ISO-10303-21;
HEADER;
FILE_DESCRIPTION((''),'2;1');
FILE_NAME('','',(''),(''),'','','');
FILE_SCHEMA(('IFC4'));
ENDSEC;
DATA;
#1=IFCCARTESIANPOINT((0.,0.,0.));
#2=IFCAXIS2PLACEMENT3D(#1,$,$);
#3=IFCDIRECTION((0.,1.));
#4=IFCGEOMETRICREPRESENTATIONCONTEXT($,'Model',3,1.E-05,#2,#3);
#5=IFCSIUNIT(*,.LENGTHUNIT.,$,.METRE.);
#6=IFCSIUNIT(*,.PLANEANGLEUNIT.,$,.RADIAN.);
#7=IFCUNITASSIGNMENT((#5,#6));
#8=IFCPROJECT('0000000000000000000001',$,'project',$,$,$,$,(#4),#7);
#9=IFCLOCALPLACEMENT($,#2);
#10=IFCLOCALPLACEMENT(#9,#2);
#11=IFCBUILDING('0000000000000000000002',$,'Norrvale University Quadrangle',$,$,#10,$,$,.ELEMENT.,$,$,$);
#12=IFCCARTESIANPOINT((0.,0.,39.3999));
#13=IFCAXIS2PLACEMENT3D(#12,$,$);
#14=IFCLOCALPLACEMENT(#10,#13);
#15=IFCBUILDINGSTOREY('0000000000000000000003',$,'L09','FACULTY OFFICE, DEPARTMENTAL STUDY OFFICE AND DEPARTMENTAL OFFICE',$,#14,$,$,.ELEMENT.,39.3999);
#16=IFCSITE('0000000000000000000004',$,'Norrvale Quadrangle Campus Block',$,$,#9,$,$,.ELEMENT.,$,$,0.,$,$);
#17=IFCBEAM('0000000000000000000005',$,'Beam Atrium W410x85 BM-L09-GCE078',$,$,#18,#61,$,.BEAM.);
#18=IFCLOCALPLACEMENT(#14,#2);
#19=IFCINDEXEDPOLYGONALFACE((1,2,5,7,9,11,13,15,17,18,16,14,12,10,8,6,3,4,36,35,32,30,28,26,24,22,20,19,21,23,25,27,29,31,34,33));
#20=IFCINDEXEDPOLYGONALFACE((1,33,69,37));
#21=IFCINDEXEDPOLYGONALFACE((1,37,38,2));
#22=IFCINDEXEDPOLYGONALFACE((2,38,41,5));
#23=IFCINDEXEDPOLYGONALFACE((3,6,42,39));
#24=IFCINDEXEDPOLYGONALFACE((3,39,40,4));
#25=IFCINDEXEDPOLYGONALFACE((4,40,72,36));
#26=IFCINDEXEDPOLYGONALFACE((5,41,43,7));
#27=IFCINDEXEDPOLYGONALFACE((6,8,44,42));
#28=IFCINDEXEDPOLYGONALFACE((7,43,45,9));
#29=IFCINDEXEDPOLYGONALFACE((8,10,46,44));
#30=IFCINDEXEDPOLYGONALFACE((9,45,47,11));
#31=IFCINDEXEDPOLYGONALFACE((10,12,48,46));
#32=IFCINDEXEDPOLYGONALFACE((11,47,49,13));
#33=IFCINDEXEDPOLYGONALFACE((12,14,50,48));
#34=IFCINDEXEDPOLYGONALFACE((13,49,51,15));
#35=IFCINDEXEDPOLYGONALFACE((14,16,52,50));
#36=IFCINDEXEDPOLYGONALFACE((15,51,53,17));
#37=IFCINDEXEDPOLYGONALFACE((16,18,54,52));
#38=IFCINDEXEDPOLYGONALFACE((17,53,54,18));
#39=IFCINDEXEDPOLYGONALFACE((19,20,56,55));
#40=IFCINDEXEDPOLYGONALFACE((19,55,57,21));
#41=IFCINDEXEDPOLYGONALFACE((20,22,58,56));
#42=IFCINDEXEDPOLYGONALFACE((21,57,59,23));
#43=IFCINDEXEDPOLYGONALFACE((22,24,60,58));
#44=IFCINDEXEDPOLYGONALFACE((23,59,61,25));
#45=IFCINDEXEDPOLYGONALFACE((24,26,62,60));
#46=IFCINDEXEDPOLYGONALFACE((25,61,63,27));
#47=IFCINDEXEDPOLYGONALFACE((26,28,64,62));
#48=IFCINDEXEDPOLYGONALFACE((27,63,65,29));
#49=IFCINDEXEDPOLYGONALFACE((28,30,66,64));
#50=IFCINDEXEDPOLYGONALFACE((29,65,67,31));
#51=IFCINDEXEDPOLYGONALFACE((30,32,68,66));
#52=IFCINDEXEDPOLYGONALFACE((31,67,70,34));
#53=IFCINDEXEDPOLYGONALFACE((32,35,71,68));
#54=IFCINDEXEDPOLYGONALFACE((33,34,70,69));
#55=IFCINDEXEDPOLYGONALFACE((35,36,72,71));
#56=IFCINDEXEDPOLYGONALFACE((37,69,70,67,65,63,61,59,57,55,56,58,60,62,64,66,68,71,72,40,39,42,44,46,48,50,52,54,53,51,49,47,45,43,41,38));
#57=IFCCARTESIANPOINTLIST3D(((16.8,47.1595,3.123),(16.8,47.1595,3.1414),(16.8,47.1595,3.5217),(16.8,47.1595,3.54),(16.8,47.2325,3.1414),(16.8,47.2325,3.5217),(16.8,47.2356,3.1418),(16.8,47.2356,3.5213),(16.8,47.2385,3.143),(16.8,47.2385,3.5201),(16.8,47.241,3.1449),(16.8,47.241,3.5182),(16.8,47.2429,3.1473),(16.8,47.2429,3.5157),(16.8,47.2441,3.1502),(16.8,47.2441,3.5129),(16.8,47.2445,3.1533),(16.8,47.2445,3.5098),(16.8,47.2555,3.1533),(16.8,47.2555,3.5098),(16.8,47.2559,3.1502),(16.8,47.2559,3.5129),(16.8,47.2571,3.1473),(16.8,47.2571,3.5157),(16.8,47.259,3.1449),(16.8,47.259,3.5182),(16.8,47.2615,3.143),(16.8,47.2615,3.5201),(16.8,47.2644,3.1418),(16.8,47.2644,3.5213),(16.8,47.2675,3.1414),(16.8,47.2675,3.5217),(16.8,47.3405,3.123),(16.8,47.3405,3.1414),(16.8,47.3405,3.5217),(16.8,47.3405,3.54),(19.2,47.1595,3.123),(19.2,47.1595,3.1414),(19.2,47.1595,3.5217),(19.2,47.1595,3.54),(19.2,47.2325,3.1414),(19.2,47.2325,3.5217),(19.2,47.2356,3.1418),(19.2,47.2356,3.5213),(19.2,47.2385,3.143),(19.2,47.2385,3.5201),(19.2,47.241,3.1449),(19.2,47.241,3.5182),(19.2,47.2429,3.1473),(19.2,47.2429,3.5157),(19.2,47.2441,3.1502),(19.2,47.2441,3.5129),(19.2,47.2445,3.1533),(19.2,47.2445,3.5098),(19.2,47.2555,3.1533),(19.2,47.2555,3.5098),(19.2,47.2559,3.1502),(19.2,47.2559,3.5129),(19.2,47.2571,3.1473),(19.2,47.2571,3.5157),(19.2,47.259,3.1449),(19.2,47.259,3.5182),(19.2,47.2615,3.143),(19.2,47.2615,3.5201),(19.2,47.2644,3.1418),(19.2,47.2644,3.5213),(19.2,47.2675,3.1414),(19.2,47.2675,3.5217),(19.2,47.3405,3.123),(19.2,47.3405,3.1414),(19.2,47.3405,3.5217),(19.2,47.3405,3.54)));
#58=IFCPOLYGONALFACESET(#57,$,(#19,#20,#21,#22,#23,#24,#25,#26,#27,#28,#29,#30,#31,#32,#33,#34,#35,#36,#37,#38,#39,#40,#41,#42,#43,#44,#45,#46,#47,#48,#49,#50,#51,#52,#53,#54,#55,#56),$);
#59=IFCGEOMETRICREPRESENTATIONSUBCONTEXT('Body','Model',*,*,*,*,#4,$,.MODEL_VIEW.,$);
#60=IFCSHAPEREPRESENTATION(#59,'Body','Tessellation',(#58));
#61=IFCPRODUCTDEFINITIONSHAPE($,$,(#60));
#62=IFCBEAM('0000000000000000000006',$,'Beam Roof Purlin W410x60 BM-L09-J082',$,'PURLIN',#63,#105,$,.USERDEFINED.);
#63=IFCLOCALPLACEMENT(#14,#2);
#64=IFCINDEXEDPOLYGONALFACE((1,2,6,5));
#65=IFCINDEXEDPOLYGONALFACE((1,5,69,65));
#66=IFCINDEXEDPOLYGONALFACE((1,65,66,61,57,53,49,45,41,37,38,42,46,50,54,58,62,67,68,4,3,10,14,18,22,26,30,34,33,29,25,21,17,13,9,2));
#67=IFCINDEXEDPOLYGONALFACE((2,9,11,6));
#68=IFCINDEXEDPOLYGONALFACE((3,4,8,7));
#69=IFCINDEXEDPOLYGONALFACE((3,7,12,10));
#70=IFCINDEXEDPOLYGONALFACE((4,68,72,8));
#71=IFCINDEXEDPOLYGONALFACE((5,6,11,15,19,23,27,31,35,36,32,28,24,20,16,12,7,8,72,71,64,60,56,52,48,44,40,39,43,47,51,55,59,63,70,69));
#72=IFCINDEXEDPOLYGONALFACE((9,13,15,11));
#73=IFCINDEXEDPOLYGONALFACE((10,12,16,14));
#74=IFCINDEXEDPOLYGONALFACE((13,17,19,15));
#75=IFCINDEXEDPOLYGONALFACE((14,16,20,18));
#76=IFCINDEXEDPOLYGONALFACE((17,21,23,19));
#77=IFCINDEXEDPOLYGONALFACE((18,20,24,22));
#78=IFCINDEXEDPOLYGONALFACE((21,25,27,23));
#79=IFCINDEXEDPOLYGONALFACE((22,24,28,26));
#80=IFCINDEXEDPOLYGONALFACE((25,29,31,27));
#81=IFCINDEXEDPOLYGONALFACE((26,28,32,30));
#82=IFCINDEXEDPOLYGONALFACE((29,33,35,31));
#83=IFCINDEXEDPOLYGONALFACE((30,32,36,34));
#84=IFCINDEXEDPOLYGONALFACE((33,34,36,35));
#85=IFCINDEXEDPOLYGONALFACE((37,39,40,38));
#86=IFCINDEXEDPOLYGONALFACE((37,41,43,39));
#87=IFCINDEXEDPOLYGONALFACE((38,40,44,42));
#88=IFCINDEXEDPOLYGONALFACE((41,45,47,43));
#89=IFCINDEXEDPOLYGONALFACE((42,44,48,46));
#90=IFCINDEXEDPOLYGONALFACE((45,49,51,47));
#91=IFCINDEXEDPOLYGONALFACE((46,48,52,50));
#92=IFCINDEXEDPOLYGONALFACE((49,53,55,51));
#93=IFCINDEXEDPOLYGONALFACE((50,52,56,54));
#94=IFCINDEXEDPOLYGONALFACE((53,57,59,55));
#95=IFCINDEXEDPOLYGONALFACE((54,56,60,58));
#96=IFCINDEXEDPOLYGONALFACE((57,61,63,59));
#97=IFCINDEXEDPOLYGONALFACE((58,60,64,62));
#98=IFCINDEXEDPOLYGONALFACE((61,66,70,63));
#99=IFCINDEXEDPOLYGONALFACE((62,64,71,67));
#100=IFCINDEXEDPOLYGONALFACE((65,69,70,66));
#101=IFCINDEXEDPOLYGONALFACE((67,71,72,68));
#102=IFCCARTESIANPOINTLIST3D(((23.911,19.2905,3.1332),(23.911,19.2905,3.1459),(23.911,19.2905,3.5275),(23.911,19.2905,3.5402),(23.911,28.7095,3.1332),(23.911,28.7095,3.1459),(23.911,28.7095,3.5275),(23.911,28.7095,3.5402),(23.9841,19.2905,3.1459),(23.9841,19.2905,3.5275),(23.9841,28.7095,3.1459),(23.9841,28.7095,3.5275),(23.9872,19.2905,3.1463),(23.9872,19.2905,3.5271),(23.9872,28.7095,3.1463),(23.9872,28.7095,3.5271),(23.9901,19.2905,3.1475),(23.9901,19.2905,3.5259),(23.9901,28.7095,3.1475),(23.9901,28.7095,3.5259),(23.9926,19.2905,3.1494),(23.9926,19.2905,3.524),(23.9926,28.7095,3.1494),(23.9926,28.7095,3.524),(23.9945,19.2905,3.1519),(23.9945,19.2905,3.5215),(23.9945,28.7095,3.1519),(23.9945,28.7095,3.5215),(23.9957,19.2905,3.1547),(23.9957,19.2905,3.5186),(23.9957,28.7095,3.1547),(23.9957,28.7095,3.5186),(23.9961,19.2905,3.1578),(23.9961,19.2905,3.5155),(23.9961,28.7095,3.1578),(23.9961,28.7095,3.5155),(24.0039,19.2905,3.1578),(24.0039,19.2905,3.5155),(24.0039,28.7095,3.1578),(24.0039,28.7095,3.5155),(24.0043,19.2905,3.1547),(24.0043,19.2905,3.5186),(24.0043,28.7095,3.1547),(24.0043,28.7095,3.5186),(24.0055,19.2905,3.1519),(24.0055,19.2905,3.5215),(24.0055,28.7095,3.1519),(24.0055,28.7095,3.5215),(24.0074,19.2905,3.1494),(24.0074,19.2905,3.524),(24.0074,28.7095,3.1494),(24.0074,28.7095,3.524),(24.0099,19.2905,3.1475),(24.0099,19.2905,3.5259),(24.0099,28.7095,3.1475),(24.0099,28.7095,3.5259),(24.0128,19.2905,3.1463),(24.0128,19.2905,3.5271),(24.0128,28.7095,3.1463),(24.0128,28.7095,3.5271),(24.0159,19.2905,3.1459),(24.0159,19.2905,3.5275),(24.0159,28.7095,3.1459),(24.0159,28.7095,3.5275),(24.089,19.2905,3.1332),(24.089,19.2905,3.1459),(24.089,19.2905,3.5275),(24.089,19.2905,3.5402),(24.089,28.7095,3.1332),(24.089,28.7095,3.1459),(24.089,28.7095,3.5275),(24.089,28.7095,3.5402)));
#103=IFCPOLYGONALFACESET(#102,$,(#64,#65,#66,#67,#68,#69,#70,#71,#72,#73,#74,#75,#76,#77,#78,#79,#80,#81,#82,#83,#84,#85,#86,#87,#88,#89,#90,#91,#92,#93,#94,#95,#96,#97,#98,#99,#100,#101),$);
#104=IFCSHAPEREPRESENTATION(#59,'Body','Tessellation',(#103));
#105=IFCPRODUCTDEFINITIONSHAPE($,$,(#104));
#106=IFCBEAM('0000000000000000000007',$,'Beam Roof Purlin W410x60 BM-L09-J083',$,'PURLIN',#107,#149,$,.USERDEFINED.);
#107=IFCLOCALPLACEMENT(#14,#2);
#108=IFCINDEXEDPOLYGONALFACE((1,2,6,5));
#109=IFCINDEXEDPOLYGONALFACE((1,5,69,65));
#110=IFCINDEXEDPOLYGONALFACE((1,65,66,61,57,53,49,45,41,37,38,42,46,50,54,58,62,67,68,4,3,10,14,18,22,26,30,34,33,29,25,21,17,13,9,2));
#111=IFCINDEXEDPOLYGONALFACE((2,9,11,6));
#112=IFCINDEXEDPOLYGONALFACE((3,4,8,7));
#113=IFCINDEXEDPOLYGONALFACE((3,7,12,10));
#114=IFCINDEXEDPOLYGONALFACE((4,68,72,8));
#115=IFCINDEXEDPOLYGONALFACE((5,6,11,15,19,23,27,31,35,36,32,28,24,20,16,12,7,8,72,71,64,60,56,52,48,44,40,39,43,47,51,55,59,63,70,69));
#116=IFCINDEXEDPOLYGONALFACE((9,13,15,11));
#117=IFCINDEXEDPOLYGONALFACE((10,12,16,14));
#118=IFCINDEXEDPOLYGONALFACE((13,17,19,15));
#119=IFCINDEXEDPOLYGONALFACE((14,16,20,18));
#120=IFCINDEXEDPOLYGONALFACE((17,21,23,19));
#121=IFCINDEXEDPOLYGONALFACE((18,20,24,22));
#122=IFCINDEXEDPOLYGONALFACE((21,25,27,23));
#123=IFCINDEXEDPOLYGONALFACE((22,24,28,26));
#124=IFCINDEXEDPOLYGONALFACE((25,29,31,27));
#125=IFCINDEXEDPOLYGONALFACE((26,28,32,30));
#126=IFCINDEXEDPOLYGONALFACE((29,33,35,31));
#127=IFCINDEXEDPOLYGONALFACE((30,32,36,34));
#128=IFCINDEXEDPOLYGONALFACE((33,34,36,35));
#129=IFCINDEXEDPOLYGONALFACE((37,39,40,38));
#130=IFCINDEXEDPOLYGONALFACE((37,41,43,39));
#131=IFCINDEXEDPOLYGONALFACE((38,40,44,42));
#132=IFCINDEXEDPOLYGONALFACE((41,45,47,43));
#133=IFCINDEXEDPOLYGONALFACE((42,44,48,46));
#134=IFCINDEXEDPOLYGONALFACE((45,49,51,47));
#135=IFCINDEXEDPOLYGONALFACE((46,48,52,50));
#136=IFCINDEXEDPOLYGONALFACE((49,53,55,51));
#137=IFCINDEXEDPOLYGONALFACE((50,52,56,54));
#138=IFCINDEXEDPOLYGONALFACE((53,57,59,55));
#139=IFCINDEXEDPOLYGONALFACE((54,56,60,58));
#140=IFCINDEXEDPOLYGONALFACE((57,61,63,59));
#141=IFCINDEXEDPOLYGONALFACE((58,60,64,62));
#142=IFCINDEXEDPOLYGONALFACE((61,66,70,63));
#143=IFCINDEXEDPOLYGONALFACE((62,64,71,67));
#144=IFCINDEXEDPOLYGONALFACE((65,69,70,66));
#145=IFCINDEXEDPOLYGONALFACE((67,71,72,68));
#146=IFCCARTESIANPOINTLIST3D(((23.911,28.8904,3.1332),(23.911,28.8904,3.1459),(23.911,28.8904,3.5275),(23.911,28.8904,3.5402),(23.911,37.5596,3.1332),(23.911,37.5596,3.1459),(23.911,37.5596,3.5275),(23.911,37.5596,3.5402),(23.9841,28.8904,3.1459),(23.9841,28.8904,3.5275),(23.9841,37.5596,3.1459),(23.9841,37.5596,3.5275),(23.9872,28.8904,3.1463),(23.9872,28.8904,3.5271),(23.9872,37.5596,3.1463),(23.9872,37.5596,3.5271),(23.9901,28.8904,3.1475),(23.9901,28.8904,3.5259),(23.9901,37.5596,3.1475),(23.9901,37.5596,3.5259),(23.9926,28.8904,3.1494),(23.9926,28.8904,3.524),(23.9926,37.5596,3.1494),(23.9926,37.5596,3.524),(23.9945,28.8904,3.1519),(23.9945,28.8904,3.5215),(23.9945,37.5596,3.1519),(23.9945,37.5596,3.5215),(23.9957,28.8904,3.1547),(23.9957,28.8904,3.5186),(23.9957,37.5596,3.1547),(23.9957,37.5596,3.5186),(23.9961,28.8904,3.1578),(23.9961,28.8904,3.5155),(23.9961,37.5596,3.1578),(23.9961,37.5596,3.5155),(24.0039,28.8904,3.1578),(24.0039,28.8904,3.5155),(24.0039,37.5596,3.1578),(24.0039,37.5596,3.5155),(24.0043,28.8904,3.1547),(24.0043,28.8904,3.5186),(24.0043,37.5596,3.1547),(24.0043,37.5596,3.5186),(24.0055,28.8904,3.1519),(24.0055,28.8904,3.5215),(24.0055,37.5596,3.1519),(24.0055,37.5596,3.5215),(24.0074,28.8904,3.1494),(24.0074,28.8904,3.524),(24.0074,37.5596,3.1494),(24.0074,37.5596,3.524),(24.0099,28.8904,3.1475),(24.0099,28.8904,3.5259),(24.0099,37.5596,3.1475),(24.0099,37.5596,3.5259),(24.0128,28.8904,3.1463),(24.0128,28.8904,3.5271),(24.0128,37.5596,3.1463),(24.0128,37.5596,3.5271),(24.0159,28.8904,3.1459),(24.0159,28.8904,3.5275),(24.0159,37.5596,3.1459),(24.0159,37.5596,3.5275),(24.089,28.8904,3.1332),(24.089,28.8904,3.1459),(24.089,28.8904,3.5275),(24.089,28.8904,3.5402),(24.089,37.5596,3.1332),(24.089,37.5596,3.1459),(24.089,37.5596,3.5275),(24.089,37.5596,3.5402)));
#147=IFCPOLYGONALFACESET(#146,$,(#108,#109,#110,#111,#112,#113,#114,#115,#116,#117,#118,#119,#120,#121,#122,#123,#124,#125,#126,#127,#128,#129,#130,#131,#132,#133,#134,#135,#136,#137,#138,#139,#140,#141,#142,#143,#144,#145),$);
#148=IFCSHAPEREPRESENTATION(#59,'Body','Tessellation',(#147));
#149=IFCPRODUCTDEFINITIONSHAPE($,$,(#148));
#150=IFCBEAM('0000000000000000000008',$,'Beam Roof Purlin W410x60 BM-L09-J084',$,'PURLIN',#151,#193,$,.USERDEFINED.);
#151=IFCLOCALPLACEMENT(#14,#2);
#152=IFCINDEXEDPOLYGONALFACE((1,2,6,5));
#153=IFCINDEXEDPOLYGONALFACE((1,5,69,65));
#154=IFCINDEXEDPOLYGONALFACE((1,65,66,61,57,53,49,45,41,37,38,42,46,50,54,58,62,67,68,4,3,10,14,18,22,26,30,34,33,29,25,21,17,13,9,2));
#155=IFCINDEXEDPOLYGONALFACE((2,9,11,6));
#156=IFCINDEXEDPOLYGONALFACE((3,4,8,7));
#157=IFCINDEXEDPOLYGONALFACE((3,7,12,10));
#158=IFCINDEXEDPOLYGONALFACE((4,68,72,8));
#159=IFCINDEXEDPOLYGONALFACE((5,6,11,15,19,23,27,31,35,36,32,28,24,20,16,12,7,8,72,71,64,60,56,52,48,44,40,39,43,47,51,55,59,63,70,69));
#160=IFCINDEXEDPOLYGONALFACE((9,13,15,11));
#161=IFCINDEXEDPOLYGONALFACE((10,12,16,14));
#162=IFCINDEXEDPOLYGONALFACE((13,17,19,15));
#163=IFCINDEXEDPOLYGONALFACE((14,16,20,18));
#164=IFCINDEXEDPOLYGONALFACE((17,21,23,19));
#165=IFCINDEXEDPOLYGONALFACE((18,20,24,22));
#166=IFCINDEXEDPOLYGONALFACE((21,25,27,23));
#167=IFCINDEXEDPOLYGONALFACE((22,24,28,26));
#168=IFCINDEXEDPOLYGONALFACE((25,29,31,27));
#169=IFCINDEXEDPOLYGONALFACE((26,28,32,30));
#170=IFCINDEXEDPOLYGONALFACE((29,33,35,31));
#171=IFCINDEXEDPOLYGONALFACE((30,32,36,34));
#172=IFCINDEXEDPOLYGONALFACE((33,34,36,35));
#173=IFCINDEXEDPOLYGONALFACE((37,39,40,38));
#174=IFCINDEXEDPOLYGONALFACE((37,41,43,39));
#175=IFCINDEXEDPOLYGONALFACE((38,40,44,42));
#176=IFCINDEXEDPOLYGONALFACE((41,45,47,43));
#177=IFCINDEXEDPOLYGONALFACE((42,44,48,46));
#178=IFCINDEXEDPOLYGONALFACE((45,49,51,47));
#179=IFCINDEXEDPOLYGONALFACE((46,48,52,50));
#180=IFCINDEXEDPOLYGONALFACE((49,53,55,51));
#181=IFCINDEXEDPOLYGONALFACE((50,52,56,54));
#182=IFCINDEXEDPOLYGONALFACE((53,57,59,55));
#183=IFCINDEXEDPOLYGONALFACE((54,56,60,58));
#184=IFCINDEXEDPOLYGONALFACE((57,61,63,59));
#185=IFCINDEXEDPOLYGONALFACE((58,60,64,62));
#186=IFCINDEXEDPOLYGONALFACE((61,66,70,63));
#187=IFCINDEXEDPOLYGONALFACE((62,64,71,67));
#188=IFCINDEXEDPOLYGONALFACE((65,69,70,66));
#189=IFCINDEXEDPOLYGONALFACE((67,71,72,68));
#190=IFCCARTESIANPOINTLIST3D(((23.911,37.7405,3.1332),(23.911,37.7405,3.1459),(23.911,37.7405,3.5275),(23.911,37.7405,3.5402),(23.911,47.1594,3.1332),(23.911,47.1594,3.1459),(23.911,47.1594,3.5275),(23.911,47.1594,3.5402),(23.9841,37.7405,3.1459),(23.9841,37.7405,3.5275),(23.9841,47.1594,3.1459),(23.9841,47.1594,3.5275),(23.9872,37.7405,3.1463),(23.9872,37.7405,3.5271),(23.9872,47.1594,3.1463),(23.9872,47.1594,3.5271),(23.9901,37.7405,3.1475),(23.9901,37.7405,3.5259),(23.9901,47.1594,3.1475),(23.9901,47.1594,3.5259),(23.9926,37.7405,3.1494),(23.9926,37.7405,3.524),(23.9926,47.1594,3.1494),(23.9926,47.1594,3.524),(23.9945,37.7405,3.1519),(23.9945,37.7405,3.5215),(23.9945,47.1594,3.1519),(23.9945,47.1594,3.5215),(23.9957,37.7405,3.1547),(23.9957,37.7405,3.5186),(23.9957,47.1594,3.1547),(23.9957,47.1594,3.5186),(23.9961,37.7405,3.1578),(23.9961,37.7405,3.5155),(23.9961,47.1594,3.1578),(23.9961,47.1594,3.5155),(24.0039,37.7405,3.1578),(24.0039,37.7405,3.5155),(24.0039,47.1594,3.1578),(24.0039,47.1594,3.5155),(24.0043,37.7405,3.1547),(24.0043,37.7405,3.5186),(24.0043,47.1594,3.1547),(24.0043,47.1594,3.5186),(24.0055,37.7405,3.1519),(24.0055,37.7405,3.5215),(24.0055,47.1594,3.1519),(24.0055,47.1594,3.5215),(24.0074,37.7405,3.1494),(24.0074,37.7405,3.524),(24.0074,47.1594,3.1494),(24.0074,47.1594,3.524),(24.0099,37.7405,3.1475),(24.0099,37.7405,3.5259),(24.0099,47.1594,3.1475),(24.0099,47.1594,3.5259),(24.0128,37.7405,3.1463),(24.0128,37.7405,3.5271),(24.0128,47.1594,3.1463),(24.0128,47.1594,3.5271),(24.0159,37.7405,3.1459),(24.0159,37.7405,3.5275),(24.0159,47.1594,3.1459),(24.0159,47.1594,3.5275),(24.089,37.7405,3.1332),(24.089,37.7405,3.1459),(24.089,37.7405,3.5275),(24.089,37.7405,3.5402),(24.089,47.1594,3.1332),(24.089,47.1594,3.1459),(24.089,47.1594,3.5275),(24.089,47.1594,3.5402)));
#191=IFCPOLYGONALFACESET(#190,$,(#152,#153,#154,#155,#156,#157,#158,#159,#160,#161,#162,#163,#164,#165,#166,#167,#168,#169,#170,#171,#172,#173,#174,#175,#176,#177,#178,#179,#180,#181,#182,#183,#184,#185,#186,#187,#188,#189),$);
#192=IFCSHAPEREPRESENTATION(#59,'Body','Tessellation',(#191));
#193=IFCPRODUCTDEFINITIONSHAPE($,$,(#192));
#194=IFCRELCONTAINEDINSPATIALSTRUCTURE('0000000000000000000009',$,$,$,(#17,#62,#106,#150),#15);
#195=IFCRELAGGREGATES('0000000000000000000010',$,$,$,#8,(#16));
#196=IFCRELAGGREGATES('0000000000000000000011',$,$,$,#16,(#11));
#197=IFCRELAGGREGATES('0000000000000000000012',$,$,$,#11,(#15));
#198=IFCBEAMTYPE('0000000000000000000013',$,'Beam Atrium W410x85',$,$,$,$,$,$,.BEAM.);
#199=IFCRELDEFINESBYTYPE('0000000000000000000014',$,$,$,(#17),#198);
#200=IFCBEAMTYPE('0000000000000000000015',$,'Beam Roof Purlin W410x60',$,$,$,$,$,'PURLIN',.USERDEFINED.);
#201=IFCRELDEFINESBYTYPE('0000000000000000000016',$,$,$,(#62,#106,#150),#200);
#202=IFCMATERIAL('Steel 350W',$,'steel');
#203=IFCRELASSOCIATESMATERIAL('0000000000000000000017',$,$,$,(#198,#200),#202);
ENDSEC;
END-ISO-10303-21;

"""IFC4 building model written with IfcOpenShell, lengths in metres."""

from ifc_helpers import new_model, si_unit, direction, frame, origin, origin_2d, place, context, subcontext, project, spatial, i_section, extrude, material, material_profile, profile_set, type_object, element, save


model = new_model("IFC4")

# Units and contexts
model_context = context("Model", 3, precision=1e-05, world=origin(), true_north=direction((0.0, 1.0)))
body_context = subcontext(model_context, "Body", "Model", "MODEL_VIEW")
ifc_project = project(units=[si_unit("LENGTHUNIT", "METRE"), si_unit("PLANEANGLEUNIT", "RADIAN")], contexts=[model_context])

# Site, building, storey
site_placement = place(None, origin())
site = spatial("IfcSite", under=ifc_project, at=site_placement, Name="Norrvale Quadrangle Campus Block", CompositionType="ELEMENT", RefElevation=0.0)
building_placement = place(site_placement, origin())
building = spatial("IfcBuilding", under=site, at=building_placement, Name="Norrvale University Quadrangle", CompositionType="ELEMENT")
storey_placement = place(building_placement, frame((0.0, 0.0, 39.3999)))
storey = spatial("IfcBuildingStorey", under=building, at=storey_placement, Name="L09", Description="FACULTY OFFICE, DEPARTMENTAL STUDY OFFICE AND DEPARTMENTAL OFFICE", CompositionType="ELEMENT", Elevation=39.3999)

# Beams
ifc_material_1 = material(Name="Steel 350W", Category="steel")
ifc_material_profile_1 = material_profile(ifc_material_1, i_section(OverallWidth=0.1809, OverallDepth=0.417, WebThickness=0.011, FlangeThickness=0.0183, FilletRadius=0.012, at=origin_2d()), Name="Steel 350W")
ifc_profile_set_1 = profile_set([ifc_material_profile_1], Name="Steel 350W")
beam_type_1 = type_object("IfcBeamType", Name="Beam Atrium W410x85", PredefinedType="BEAM", material=ifc_profile_set_1)
for number, where, z_axis, x_axis, name in (
    (1, (16.8, 47.25, 3.3315), (1.0, 0.0, 0.0), (0.0, 1.0, 0.0), "Beam Atrium W410x85 BM-L09-GCE078"),
):
    element("IfcBeam", number, at=place(storey_placement, frame(where, z_axis=z_axis, x_axis=x_axis)), inside=storey, type_object=beam_type_1, Name=name, PredefinedType="BEAM", context=body_context, shape_type="SweptSolid", body=[
        extrude(i_section(OverallWidth=0.1809, OverallDepth=0.417, WebThickness=0.011, FlangeThickness=0.0183, FilletRadius=0.012, at=origin_2d()), origin(), (0.0, 0.0, 1.0), 2.3999),
    ])
ifc_material_profile_2 = material_profile(ifc_material_1, i_section(OverallWidth=0.178, OverallDepth=0.407, WebThickness=0.0078, FlangeThickness=0.0127, FilletRadius=0.012, at=origin_2d()), Name="Steel 350W")
ifc_profile_set_2 = profile_set([ifc_material_profile_2], Name="Steel 350W")
beam_type_2 = type_object("IfcBeamType", Name="Beam Roof Purlin W410x60", ElementType="PURLIN", PredefinedType="USERDEFINED", material=ifc_profile_set_2)
beam_1_placement = place(storey_placement, frame((24.0, 19.2905, 3.3367), z_axis=(0.0, 1.0, 0.0), x_axis=(-1.0, 0.0, 0.0)))
element("IfcBeam", 2, at=beam_1_placement, inside=storey, type_object=beam_type_2, Name="Beam Roof Purlin W410x60 BM-L09-J082", ObjectType="PURLIN", PredefinedType="USERDEFINED", context=body_context, shape_type="SweptSolid", body=[
    extrude(i_section(OverallWidth=0.178, OverallDepth=0.407, WebThickness=0.0078, FlangeThickness=0.0127, FilletRadius=0.012, at=origin_2d()), origin(), (0.0, 0.0, 1.0), 9.4189),
])
beam_2_placement = place(storey_placement, frame((24.0, 28.8904, 3.3367), z_axis=(0.0, 1.0, 0.0), x_axis=(-1.0, 0.0, 0.0)))
element("IfcBeam", 3, at=beam_2_placement, inside=storey, type_object=beam_type_2, Name="Beam Roof Purlin W410x60 BM-L09-J083", ObjectType="PURLIN", PredefinedType="USERDEFINED", context=body_context, shape_type="SweptSolid", body=[
    extrude(i_section(OverallWidth=0.178, OverallDepth=0.407, WebThickness=0.0078, FlangeThickness=0.0127, FilletRadius=0.012, at=origin_2d()), origin(), (0.0, 0.0, 1.0), 8.6692),
])
beam_3_placement = place(storey_placement, frame((24.0, 37.7405, 3.3367), z_axis=(0.0, 1.0, 0.0), x_axis=(-1.0, 0.0, 0.0)))
element("IfcBeam", 4, at=beam_3_placement, inside=storey, type_object=beam_type_2, Name="Beam Roof Purlin W410x60 BM-L09-J084", ObjectType="PURLIN", PredefinedType="USERDEFINED", context=body_context, shape_type="SweptSolid", body=[
    extrude(i_section(OverallWidth=0.178, OverallDepth=0.407, WebThickness=0.0078, FlangeThickness=0.0127, FilletRadius=0.012, at=origin_2d()), origin(), (0.0, 0.0, 1.0), 9.4189),
])

save(model, "model.ifc")
